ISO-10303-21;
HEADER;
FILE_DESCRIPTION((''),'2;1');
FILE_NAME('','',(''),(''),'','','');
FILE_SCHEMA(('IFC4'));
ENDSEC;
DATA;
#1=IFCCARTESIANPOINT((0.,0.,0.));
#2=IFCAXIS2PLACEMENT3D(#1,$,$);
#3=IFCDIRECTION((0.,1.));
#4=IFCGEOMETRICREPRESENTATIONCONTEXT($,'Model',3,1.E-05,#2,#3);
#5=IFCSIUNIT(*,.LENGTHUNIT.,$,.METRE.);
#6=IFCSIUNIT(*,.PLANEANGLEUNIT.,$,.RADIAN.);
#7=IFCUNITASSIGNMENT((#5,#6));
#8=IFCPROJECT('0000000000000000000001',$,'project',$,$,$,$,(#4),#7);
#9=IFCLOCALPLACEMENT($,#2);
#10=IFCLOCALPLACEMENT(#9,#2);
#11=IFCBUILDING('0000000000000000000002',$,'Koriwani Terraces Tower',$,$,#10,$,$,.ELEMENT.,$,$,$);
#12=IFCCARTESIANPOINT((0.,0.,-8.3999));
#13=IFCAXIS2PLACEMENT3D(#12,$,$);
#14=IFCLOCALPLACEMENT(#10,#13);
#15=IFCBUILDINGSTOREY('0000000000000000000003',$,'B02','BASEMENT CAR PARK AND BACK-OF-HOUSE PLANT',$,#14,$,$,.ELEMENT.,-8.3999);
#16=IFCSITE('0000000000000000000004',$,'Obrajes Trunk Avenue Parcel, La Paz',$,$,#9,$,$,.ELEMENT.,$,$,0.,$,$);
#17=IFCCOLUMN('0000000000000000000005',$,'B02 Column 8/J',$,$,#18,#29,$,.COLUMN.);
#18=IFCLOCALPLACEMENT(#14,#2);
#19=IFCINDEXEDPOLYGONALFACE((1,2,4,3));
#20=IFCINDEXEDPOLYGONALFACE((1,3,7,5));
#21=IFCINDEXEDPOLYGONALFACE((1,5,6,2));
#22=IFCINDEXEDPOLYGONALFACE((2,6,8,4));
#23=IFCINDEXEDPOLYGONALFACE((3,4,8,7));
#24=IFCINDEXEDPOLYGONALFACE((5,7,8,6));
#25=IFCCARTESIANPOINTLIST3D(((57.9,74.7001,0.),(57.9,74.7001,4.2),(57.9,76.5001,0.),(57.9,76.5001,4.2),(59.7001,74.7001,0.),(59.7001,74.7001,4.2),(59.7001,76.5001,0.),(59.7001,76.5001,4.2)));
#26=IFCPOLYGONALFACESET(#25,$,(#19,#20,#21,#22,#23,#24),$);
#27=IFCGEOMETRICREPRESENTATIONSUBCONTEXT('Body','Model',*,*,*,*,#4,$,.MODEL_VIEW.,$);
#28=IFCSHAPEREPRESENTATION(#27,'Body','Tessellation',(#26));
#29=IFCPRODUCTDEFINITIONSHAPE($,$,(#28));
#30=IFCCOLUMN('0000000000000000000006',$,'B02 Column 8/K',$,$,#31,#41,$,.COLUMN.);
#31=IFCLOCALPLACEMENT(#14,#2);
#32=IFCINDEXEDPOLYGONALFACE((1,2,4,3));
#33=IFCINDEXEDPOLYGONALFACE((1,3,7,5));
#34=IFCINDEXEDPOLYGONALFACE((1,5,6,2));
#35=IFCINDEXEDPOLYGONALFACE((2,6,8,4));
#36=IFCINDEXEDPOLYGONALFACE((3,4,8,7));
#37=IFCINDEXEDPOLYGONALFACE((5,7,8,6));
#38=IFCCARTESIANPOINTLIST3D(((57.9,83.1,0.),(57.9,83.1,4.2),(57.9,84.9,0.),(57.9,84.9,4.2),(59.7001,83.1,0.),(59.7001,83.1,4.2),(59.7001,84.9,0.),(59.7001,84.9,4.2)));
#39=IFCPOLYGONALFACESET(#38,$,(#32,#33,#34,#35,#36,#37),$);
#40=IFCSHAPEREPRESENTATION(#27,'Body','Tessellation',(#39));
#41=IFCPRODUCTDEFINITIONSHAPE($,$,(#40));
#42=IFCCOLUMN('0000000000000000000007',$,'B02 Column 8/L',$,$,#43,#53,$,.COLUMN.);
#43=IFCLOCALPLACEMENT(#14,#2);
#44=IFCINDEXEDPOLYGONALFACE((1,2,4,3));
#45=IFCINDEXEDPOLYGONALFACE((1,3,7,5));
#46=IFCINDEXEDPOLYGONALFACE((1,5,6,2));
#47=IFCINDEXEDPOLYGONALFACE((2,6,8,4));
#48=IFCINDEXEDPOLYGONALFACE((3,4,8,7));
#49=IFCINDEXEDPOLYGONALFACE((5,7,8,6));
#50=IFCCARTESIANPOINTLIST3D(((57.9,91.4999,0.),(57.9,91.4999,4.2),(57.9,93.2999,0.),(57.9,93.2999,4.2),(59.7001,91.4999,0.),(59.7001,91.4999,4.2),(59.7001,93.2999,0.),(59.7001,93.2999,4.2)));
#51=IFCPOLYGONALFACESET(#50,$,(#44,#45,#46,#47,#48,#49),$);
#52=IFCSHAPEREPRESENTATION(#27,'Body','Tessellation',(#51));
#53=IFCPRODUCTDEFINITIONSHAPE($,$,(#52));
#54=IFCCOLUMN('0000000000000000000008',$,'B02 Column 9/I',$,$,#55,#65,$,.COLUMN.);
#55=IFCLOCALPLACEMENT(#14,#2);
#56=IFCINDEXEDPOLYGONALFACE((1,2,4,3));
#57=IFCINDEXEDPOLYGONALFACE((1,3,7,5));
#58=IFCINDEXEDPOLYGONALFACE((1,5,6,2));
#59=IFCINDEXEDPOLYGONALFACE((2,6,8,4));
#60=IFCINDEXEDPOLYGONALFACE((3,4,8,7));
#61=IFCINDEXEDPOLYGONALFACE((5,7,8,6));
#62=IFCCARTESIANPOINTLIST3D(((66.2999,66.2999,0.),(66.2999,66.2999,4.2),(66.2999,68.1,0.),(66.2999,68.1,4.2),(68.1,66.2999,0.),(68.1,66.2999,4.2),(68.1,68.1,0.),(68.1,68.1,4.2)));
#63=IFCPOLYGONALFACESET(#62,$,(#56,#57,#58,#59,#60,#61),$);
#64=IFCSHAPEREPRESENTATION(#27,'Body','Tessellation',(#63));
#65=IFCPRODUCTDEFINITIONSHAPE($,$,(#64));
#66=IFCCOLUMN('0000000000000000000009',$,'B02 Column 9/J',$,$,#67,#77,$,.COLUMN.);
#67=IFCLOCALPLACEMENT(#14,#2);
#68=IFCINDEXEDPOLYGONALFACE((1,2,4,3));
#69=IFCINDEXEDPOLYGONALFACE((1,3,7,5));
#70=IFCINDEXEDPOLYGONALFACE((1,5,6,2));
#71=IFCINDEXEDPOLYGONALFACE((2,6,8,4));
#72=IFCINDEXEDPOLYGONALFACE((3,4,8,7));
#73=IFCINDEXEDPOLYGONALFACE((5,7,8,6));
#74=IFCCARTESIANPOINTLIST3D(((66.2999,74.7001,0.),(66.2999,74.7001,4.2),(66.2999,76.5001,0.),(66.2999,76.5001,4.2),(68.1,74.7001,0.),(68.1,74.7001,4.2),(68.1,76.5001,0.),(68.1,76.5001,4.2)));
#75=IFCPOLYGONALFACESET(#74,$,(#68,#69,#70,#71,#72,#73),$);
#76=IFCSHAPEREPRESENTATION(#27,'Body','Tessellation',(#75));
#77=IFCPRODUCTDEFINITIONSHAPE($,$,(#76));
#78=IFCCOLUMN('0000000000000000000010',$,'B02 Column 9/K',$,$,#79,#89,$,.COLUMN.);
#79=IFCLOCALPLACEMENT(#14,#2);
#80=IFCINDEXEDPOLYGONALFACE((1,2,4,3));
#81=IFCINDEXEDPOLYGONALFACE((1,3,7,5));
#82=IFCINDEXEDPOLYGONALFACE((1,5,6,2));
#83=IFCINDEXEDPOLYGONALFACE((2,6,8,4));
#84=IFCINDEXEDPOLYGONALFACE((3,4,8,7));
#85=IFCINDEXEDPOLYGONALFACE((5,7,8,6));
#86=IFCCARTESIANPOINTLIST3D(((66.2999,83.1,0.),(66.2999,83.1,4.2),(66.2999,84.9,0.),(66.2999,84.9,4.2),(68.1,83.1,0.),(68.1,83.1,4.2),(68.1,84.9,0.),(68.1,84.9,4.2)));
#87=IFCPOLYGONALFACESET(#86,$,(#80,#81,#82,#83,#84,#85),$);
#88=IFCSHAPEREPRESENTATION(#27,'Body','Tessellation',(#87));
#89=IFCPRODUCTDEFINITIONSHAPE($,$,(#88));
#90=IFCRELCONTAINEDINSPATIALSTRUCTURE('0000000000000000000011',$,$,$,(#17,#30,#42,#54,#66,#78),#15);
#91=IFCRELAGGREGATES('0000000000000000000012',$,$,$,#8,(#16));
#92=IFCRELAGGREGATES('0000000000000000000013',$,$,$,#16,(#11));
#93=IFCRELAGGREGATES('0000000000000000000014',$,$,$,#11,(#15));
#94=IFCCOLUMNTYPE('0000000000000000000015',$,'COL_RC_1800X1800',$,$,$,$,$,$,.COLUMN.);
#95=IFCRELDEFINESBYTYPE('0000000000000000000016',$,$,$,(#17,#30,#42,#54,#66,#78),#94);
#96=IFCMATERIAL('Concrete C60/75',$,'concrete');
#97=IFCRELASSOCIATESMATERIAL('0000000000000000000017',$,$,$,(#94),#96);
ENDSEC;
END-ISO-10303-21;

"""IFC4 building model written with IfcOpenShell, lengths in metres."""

from ifc_helpers import new_model, si_unit, direction, frame, origin, origin_2d, place, context, subcontext, project, spatial, rectangle, extrude, material, material_profile, profile_set, type_object, element, save


model = new_model("IFC4")

# Units and contexts
model_context = context("Model", 3, precision=1e-05, world=origin(), true_north=direction((0.0, 1.0)))
body_context = subcontext(model_context, "Body", "Model", "MODEL_VIEW")
ifc_project = project(units=[si_unit("LENGTHUNIT", "METRE"), si_unit("PLANEANGLEUNIT", "RADIAN")], contexts=[model_context])

# Site, building, storey
site_placement = place(None, origin())
site = spatial("IfcSite", under=ifc_project, at=site_placement, Name="Obrajes Trunk Avenue Parcel, La Paz", CompositionType="ELEMENT", RefElevation=0.0)
building_placement = place(site_placement, origin())
building = spatial("IfcBuilding", under=site, at=building_placement, Name="Koriwani Terraces Tower", CompositionType="ELEMENT")
storey_placement = place(building_placement, frame((0.0, 0.0, -8.3999)))
storey = spatial("IfcBuildingStorey", under=building, at=storey_placement, Name="B02", Description="BASEMENT CAR PARK AND BACK-OF-HOUSE PLANT", CompositionType="ELEMENT", Elevation=-8.3999)

# Columns
ifc_material_1 = material(Name="Concrete C60/75", Category="concrete")
ifc_material_profile_1 = material_profile(ifc_material_1, rectangle(XDim=1.8, YDim=1.8, at=origin_2d()), Name="Concrete C60/75", Category="LoadBearing")
ifc_profile_set_1 = profile_set([ifc_material_profile_1], Name="Concrete C60/75")
column_type = type_object("IfcColumnType", Name="COL_RC_1800X1800", PredefinedType="COLUMN", material=ifc_profile_set_1)
for number, where, z_axis, x_axis, name in (
    (1, (58.8, 75.6001, 0.0), (0.0, 0.0, 1.0), (1.0, 0.0, 0.0), "B02 Column 8/J"),
    (2, (58.8, 84.0, 0.0), (0.0, 0.0, 1.0), (1.0, 0.0, 0.0), "B02 Column 8/K"),
    (3, (58.8, 92.3999, 0.0), (0.0, 0.0, 1.0), (1.0, 0.0, 0.0), "B02 Column 8/L"),
    (4, (67.2, 67.2, 0.0), (0.0, 0.0, 1.0), (1.0, 0.0, 0.0), "B02 Column 9/I"),
    (5, (67.2, 75.6001, 0.0), (0.0, 0.0, 1.0), (1.0, 0.0, 0.0), "B02 Column 9/J"),
    (6, (67.2, 84.0, 0.0), (0.0, 0.0, 1.0), (1.0, 0.0, 0.0), "B02 Column 9/K"),
):
    element("IfcColumn", number, at=place(storey_placement, frame(where, z_axis=z_axis, x_axis=x_axis)), inside=storey, type_object=column_type, Name=name, PredefinedType="COLUMN", context=body_context, shape_type="SweptSolid", body=[
        extrude(rectangle(XDim=1.8, YDim=1.8, at=origin_2d()), origin(), (0.0, 0.0, 1.0), 4.2),
    ])

save(model, "model.ifc")
